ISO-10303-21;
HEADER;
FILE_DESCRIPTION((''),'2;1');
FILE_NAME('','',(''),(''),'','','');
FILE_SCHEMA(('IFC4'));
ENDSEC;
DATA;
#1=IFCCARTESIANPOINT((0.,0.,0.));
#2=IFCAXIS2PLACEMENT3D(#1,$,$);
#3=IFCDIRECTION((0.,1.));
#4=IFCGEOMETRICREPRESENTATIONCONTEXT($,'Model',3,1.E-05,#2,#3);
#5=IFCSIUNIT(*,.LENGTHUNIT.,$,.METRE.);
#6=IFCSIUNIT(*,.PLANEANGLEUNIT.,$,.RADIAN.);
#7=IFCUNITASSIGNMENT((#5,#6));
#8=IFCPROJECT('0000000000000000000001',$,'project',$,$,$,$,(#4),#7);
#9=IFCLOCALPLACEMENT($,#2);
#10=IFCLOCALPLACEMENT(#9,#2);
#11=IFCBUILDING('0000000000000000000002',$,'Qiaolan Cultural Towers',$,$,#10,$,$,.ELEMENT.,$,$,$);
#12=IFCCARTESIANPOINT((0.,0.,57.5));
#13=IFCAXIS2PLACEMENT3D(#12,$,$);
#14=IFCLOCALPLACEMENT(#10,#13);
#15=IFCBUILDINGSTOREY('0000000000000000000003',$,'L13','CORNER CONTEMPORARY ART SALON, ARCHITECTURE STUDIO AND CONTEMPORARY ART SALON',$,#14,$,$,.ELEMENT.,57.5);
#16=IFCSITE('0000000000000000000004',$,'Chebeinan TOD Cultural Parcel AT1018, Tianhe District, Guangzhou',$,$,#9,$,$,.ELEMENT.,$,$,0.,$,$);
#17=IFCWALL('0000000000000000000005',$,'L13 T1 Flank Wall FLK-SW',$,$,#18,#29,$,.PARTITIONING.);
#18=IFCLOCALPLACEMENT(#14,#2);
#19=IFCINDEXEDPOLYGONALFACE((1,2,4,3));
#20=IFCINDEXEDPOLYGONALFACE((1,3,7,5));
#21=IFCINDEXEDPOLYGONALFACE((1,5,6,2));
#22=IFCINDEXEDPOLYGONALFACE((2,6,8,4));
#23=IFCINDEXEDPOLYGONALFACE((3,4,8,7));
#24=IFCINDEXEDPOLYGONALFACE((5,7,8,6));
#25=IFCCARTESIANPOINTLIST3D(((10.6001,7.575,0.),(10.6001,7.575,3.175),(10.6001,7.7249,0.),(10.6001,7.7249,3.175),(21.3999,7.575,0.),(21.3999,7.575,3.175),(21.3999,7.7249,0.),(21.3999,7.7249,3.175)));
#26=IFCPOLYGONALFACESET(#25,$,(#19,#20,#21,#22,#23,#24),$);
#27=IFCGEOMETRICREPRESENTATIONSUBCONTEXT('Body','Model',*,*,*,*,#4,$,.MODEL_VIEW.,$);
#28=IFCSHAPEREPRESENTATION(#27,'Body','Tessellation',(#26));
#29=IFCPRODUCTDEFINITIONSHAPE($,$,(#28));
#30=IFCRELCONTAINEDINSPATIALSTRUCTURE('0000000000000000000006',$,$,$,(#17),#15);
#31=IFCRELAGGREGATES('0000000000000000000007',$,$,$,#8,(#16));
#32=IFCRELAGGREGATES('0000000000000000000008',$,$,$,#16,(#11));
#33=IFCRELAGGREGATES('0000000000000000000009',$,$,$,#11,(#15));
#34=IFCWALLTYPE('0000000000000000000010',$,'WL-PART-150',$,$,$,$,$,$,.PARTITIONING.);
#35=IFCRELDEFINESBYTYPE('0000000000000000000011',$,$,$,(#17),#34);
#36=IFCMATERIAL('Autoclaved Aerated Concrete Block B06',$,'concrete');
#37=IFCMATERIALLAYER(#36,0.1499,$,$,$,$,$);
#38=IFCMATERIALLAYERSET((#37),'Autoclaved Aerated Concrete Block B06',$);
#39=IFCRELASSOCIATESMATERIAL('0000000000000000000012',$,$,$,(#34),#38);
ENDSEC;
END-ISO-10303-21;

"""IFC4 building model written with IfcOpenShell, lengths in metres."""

from ifc_helpers import new_model, si_unit, direction, frame, frame_2d, origin, place, context, subcontext, project, spatial, rectangle, extrude, material, layer, layer_set, type_object, element, save


model = new_model("IFC4")

# Units and contexts
model_context = context("Model", 3, precision=1e-05, world=origin(), true_north=direction((0.0, 1.0)))
body_context = subcontext(model_context, "Body", "Model", "MODEL_VIEW")
ifc_project = project(units=[si_unit("LENGTHUNIT", "METRE"), si_unit("PLANEANGLEUNIT", "RADIAN")], contexts=[model_context])

# Site, building, storey
site_placement = place(None, origin())
site = spatial("IfcSite", under=ifc_project, at=site_placement, Name="Chebeinan TOD Cultural Parcel AT1018, Tianhe District, Guangzhou", CompositionType="ELEMENT", RefElevation=0.0)
building_placement = place(site_placement, origin())
building = spatial("IfcBuilding", under=site, at=building_placement, Name="Qiaolan Cultural Towers", CompositionType="ELEMENT")
storey_placement = place(building_placement, frame((0.0, 0.0, 57.5)))
storey = spatial("IfcBuildingStorey", under=building, at=storey_placement, Name="L13", Description="CORNER CONTEMPORARY ART SALON, ARCHITECTURE STUDIO AND CONTEMPORARY ART SALON", CompositionType="ELEMENT", Elevation=57.5)

# Wall
ifc_material_1 = material(Name="Autoclaved Aerated Concrete Block B06", Category="concrete")
ifc_layer_1 = layer(ifc_material_1, 0.1499)
ifc_layer_set_1 = layer_set([ifc_layer_1], Name="Autoclaved Aerated Concrete Block B06")
wall_type_1 = type_object("IfcWallType", Name="WL-PART-150", PredefinedType="PARTITIONING", material=ifc_layer_set_1)
wall_1_placement = place(storey_placement, frame((10.6001, 7.6499, 0.0), z_axis=(0.0, 0.0, 1.0), x_axis=(1.0, 0.0, 0.0)))
element("IfcWall", 1, at=wall_1_placement, inside=storey, type_object=wall_type_1, Name="L13 T1 Flank Wall FLK-SW", PredefinedType="PARTITIONING", context=body_context, shape_type="SweptSolid", body=[
    extrude(rectangle(XDim=10.7998, YDim=0.1499, at=frame_2d((5.3999, 0.0))), origin(), (0.0, 0.0, 1.0), 3.175),
])

save(model, "model.ifc")
